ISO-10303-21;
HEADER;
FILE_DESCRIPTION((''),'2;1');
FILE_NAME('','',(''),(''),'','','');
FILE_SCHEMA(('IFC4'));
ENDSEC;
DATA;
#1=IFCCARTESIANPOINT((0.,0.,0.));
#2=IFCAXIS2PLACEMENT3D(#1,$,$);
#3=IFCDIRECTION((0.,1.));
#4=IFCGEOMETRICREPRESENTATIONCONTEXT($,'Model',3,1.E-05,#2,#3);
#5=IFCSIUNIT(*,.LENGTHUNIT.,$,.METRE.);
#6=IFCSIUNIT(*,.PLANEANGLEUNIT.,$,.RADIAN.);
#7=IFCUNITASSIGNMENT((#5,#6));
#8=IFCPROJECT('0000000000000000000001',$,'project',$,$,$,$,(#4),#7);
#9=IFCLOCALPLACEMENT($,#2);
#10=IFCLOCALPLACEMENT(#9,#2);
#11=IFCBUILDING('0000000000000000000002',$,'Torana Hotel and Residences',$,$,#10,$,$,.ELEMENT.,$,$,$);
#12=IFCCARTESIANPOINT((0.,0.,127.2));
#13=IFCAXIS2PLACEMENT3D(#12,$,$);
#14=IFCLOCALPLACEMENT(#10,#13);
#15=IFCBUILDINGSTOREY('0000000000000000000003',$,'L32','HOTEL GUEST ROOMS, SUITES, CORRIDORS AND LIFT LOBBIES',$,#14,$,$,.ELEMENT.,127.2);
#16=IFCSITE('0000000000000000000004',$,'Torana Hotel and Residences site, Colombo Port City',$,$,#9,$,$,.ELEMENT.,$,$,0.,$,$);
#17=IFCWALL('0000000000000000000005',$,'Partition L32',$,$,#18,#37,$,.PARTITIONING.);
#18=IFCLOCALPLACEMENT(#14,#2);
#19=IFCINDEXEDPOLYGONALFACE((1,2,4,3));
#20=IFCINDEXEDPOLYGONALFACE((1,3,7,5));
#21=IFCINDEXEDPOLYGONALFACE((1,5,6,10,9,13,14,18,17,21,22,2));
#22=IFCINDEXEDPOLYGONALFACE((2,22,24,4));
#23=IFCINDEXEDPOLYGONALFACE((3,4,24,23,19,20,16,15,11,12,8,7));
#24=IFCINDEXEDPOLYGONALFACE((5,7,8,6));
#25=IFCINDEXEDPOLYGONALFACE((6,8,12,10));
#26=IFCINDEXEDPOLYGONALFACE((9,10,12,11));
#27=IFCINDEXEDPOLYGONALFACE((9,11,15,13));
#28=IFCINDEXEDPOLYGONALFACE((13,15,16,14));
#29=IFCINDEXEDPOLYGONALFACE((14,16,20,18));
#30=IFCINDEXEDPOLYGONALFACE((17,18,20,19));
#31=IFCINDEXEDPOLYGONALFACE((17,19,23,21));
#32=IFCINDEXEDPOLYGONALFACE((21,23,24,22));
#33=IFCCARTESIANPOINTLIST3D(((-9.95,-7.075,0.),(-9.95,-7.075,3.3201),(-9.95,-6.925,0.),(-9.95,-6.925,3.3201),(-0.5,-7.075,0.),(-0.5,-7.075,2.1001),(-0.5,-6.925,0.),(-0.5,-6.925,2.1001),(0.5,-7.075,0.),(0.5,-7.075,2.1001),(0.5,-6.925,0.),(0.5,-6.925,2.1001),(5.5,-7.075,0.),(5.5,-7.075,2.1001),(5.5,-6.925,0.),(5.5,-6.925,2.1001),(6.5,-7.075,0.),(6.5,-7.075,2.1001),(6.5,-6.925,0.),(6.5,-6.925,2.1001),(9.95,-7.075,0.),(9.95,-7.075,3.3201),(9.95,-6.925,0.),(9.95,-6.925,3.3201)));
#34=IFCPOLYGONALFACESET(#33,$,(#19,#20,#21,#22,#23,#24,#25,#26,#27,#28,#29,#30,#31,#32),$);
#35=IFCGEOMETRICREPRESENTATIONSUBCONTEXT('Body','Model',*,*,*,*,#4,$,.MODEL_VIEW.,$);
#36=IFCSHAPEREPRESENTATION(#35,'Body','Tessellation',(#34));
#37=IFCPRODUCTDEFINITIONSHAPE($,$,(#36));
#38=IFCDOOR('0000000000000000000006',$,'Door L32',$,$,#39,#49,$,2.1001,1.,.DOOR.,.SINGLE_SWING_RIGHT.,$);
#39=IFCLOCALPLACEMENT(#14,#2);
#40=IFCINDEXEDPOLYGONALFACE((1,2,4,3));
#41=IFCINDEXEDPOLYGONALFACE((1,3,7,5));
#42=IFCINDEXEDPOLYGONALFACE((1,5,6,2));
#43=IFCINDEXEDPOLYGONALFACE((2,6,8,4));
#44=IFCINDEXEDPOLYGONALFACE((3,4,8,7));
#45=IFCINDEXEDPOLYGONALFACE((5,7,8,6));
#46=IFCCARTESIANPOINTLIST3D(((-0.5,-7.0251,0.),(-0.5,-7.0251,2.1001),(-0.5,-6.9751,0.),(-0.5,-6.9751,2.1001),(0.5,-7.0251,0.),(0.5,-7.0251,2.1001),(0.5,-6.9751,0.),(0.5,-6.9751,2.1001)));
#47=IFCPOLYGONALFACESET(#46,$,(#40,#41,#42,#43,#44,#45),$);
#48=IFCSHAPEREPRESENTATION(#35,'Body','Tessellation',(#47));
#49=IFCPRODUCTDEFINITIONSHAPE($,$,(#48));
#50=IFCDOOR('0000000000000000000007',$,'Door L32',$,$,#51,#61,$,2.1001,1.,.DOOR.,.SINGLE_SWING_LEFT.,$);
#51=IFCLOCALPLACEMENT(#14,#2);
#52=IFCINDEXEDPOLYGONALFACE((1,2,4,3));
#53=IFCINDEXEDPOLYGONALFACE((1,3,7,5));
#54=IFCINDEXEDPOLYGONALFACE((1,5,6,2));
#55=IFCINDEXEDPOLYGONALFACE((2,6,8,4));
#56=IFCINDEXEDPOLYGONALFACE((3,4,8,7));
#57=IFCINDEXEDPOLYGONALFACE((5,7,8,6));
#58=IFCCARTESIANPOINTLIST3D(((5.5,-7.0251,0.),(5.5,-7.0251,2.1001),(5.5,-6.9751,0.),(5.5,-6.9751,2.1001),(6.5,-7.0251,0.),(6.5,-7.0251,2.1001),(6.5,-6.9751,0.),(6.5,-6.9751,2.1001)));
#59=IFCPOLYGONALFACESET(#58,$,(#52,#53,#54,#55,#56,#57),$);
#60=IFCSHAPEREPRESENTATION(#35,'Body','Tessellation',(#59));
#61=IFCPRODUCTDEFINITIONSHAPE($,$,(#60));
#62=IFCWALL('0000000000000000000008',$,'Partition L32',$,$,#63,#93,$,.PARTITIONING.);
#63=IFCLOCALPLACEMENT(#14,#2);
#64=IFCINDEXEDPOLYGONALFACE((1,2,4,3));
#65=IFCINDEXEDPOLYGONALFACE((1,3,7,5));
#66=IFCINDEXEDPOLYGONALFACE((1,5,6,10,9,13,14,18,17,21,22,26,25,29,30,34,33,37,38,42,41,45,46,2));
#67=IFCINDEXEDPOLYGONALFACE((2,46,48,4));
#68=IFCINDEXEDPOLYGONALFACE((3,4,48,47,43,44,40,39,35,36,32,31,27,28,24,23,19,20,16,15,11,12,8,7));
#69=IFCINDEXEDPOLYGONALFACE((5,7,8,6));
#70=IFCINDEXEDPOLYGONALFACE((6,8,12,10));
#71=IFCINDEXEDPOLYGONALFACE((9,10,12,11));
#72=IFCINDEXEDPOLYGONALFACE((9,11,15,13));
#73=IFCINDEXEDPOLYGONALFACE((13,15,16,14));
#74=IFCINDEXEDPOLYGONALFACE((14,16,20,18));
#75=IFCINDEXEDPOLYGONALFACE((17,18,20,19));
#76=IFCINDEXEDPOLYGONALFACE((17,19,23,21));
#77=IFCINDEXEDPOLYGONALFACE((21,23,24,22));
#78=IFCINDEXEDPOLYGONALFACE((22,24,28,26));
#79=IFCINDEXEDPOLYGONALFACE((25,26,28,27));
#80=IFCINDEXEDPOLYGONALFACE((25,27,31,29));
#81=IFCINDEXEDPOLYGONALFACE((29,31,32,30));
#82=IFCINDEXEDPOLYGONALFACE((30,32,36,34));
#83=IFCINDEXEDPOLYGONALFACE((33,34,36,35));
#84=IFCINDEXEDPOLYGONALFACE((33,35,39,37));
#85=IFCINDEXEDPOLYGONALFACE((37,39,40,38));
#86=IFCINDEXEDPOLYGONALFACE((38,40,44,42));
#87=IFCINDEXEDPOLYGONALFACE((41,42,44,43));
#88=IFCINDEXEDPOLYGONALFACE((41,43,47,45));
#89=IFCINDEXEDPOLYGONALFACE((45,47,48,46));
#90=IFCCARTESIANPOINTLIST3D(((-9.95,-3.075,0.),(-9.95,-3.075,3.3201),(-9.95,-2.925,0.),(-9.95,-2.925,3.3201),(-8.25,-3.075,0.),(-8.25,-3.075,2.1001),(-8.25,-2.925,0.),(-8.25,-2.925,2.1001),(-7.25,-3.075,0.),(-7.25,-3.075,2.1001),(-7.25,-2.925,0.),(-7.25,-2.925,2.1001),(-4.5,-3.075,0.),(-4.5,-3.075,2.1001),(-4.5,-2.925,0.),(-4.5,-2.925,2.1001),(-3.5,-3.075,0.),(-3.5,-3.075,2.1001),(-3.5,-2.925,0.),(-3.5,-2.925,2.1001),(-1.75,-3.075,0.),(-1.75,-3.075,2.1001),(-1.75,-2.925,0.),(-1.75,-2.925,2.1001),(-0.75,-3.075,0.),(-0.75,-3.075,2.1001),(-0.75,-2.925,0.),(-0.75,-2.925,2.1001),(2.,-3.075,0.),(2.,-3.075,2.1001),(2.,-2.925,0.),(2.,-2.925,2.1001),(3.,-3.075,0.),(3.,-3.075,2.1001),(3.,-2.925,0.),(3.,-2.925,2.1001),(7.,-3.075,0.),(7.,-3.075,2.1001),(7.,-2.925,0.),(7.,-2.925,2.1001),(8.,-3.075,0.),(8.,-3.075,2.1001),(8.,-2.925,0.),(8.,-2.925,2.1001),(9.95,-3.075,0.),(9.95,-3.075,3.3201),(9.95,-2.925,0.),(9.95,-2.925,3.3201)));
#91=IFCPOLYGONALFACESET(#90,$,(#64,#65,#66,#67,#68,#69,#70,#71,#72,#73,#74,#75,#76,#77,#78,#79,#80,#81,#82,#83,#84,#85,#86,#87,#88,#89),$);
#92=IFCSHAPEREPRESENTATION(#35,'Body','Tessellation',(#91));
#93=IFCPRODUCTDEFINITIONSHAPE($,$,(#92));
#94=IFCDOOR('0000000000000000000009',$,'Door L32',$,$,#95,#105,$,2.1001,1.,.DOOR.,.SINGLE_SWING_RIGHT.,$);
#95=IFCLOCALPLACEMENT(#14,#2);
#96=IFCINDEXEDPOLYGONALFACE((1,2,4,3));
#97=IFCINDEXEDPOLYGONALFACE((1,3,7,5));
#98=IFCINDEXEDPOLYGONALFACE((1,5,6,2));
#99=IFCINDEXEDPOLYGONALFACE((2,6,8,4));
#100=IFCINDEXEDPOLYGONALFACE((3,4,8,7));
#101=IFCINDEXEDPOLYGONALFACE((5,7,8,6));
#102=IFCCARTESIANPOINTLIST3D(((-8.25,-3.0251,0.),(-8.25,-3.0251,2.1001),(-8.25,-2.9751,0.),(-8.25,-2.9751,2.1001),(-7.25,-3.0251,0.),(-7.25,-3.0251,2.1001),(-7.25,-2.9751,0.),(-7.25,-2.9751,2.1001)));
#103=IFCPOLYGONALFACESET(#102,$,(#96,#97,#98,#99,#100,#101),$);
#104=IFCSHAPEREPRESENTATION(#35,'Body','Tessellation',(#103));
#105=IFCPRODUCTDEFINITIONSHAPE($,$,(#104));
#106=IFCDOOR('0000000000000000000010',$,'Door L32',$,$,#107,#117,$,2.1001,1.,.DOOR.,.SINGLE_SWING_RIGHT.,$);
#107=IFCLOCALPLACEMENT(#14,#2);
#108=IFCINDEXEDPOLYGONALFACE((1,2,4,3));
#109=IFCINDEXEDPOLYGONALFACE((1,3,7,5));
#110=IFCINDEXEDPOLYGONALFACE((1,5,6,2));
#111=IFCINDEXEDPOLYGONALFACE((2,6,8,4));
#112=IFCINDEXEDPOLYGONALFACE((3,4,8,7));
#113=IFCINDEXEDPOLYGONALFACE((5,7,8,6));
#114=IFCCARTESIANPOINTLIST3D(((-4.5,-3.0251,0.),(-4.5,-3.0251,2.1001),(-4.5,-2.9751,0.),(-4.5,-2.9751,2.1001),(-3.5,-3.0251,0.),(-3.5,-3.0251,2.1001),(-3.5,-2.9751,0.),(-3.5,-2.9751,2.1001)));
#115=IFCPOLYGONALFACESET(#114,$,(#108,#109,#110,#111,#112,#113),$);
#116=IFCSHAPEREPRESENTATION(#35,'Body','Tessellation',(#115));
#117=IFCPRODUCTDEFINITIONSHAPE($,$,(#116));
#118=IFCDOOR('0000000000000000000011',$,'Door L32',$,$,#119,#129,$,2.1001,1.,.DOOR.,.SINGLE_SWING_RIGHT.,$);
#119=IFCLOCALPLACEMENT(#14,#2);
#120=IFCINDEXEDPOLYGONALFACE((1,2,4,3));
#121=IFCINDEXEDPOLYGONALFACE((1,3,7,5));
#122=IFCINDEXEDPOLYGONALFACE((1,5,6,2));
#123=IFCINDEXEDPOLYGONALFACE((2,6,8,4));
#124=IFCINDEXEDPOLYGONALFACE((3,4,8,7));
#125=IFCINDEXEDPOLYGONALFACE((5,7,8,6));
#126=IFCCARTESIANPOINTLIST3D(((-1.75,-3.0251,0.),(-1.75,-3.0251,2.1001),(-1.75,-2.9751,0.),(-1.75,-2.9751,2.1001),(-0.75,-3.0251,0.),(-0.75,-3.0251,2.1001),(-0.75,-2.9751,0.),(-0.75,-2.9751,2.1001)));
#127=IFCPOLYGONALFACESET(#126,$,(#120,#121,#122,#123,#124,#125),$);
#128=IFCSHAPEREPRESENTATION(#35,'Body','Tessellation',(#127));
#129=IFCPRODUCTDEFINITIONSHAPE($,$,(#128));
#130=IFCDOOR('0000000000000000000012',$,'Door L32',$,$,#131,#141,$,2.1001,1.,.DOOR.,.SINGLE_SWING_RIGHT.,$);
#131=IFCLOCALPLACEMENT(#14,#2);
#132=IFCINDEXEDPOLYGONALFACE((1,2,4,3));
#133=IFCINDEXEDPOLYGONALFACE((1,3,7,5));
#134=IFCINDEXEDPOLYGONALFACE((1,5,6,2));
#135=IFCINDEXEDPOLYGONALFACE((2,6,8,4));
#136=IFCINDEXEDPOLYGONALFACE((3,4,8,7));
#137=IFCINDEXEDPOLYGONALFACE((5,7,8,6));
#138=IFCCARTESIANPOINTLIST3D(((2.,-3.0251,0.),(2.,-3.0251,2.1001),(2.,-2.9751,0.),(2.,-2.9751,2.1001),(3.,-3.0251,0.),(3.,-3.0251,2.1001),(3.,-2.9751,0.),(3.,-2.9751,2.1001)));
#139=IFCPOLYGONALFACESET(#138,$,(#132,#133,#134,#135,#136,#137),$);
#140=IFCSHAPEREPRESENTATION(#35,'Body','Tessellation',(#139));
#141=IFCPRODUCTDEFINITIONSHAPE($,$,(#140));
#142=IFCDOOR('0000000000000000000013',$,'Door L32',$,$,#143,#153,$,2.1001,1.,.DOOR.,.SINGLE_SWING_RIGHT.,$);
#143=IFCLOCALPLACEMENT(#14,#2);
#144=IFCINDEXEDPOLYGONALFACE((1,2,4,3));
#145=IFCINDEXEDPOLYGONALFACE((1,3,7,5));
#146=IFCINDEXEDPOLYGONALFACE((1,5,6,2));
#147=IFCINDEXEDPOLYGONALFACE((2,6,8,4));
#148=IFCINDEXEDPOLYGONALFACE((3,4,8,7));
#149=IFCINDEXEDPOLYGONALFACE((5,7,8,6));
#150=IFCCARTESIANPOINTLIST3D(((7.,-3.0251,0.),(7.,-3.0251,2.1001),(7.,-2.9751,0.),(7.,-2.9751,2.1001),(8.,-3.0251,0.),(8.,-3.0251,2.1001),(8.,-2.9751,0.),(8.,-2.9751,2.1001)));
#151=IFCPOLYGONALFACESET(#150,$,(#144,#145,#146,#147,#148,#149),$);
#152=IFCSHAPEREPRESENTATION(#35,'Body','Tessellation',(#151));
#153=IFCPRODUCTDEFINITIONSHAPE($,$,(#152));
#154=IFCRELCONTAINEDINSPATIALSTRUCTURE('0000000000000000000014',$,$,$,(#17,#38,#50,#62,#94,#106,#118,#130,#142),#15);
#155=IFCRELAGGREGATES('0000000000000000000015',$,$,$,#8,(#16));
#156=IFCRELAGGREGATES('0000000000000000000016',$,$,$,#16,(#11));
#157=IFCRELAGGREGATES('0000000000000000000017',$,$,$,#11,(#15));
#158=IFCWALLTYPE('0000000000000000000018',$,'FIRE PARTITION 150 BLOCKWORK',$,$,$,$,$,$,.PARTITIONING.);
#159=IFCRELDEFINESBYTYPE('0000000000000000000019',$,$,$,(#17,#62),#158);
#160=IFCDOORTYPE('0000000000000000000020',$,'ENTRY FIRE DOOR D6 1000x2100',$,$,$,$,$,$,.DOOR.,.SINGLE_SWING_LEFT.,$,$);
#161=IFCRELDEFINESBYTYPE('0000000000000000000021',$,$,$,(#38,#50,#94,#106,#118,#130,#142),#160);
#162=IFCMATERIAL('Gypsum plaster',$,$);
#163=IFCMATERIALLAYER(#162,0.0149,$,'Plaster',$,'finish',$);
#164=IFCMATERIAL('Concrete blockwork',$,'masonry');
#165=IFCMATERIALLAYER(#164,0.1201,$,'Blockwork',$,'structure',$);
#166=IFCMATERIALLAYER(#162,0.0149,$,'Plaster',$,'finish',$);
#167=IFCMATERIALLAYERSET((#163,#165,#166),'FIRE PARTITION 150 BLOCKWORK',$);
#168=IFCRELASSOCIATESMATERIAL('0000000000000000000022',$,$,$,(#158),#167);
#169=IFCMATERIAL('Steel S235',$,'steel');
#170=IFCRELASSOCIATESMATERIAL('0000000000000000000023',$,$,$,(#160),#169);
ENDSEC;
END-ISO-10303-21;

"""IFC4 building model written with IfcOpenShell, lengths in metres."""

from ifc_helpers import new_model, si_unit, direction, frame, frame_2d, origin, place, context, subcontext, project, spatial, rectangle, extrude, material, layer, layer_set, type_object, element, fill, save


model = new_model("IFC4")

# Units and contexts
model_context = context("Model", 3, precision=1e-05, world=origin(), true_north=direction((0.0, 1.0)))
body_context = subcontext(model_context, "Body", "Model", "MODEL_VIEW")
ifc_project = project(units=[si_unit("LENGTHUNIT", "METRE"), si_unit("PLANEANGLEUNIT", "RADIAN")], contexts=[model_context])

# Site, building, storey
site_placement = place(None, origin())
site = spatial("IfcSite", under=ifc_project, at=site_placement, Name="Torana Hotel and Residences site, Colombo Port City", CompositionType="ELEMENT", RefElevation=0.0)
building_placement = place(site_placement, origin())
building = spatial("IfcBuilding", under=site, at=building_placement, Name="Torana Hotel and Residences", CompositionType="ELEMENT")
storey_placement = place(building_placement, frame((0.0, 0.0, 127.2)))
storey = spatial("IfcBuildingStorey", under=building, at=storey_placement, Name="L32", Description="HOTEL GUEST ROOMS, SUITES, CORRIDORS AND LIFT LOBBIES", CompositionType="ELEMENT", Elevation=127.2)

# Walls, openings, doors
ifc_material_1 = material(Name="Gypsum plaster")
ifc_layer_1 = layer(ifc_material_1, 0.0149, Name="Plaster", Category="finish")
ifc_material_2 = material(Name="Concrete blockwork", Category="masonry")
ifc_layer_2 = layer(ifc_material_2, 0.1201, Name="Blockwork", Category="structure")
ifc_layer_3 = layer(ifc_material_1, 0.0149, Name="Plaster", Category="finish")
ifc_layer_set_1 = layer_set([ifc_layer_1, ifc_layer_2, ifc_layer_3], Name="FIRE PARTITION 150 BLOCKWORK")
wall_type_1 = type_object("IfcWallType", Name="FIRE PARTITION 150 BLOCKWORK", PredefinedType="PARTITIONING", material=ifc_layer_set_1)
wall_1_placement = place(storey_placement, frame((-9.95, -7.0, 0.0), z_axis=(0.0, 0.0, 1.0), x_axis=(1.0, 0.0, 0.0)))
wall_1 = element("IfcWall", 1, at=wall_1_placement, inside=storey, type_object=wall_type_1, Name="Partition L32", PredefinedType="PARTITIONING", context=body_context, shape_type="SweptSolid", body=[
    extrude(rectangle(XDim=19.8999, YDim=0.1499, at=frame_2d((9.95, 0.0))), origin(), (0.0, 0.0, 1.0), 3.3201),
])
opening_1_placement = place(wall_1_placement, frame((9.45, 0.0, 0.0)))
opening_1 = element("IfcOpeningElement", 2, at=opening_1_placement, cuts=wall_1, PredefinedType="OPENING", context=body_context, shape_type="SweptSolid", body=[
    extrude(rectangle(XDim=1.0, YDim=2.1001, at=frame_2d((0.5, 1.05))), frame((0.0, 0.085, 0.0), z_axis=(0.0, -1.0, 0.0), x_axis=(1.0, 0.0, 0.0)), (0.0, 0.0, 1.0), 0.1699),
])
opening_2_placement = place(wall_1_placement, frame((15.45, 0.0, 0.0)))
opening_2 = element("IfcOpeningElement", 3, at=opening_2_placement, cuts=wall_1, PredefinedType="OPENING", context=body_context, shape_type="SweptSolid", body=[
    extrude(rectangle(XDim=1.0, YDim=2.1001, at=frame_2d((0.5, 1.05))), frame((0.0, 0.085, 0.0), z_axis=(0.0, -1.0, 0.0), x_axis=(1.0, 0.0, 0.0)), (0.0, 0.0, 1.0), 0.1699),
])
ifc_material_3 = material(Name="Steel S235", Category="steel")
door_type = type_object("IfcDoorType", Name="ENTRY FIRE DOOR D6 1000x2100", OperationType="SINGLE_SWING_LEFT", PredefinedType="DOOR", material=ifc_material_3)
door_1_placement = place(opening_1_placement, origin())
door_1 = element("IfcDoor", 4, at=door_1_placement, inside=storey, type_object=door_type, Name="Door L32", OperationType="SINGLE_SWING_RIGHT", OverallHeight=2.1001, OverallWidth=1.0, PredefinedType="DOOR", context=body_context, shape_type="SweptSolid", body=[
    extrude(rectangle(XDim=1.0, YDim=2.1001, at=frame_2d((0.5, 1.05))), frame((0.0, 0.0249, 0.0), z_axis=(0.0, -1.0, 0.0), x_axis=(1.0, 0.0, 0.0)), (0.0, 0.0, 1.0), 0.05),
])
fill(opening_1, door_1)
door_2_placement = place(opening_2_placement, frame((0.5, 0.0, 0.0), z_axis=(0.0, 0.0, 1.0), x_axis=(-1.0, 0.0, 0.0)))
door_2 = element("IfcDoor", 5, at=door_2_placement, inside=storey, type_object=door_type, Name="Door L32", OperationType="SINGLE_SWING_LEFT", OverallHeight=2.1001, OverallWidth=1.0, PredefinedType="DOOR", context=body_context, shape_type="SweptSolid", body=[
    extrude(rectangle(XDim=1.0, YDim=2.1001, at=frame_2d((0.0, 1.05))), frame((0.0, -0.0249, 0.0), z_axis=(0.0, 1.0, 0.0), x_axis=(-1.0, 0.0, 0.0)), (0.0, 0.0, 1.0), 0.05),
])
fill(opening_2, door_2)
wall_2_placement = place(storey_placement, frame((-9.95, -3.0, 0.0), z_axis=(0.0, 0.0, 1.0), x_axis=(1.0, 0.0, 0.0)))
wall_2 = element("IfcWall", 6, at=wall_2_placement, inside=storey, type_object=wall_type_1, Name="Partition L32", PredefinedType="PARTITIONING", context=body_context, shape_type="SweptSolid", body=[
    extrude(rectangle(XDim=19.8999, YDim=0.1499, at=frame_2d((9.95, 0.0))), origin(), (0.0, 0.0, 1.0), 3.3201),
])
opening_3_placement = place(wall_2_placement, frame((1.7, 0.0, 0.0)))
opening_3 = element("IfcOpeningElement", 7, at=opening_3_placement, cuts=wall_2, PredefinedType="OPENING", context=body_context, shape_type="SweptSolid", body=[
    extrude(rectangle(XDim=1.0, YDim=2.1001, at=frame_2d((0.5, 1.05))), frame((0.0, 0.085, 0.0), z_axis=(0.0, -1.0, 0.0), x_axis=(1.0, 0.0, 0.0)), (0.0, 0.0, 1.0), 0.1699),
])
opening_4_placement = place(wall_2_placement, frame((5.45, 0.0, 0.0)))
opening_4 = element("IfcOpeningElement", 8, at=opening_4_placement, cuts=wall_2, PredefinedType="OPENING", context=body_context, shape_type="SweptSolid", body=[
    extrude(rectangle(XDim=1.0, YDim=2.1001, at=frame_2d((0.5, 1.05))), frame((0.0, 0.085, 0.0), z_axis=(0.0, -1.0, 0.0), x_axis=(1.0, 0.0, 0.0)), (0.0, 0.0, 1.0), 0.1699),
])
opening_5_placement = place(wall_2_placement, frame((8.2, 0.0, 0.0)))
opening_5 = element("IfcOpeningElement", 9, at=opening_5_placement, cuts=wall_2, PredefinedType="OPENING", context=body_context, shape_type="SweptSolid", body=[
    extrude(rectangle(XDim=1.0, YDim=2.1001, at=frame_2d((0.5, 1.05))), frame((0.0, 0.085, 0.0), z_axis=(0.0, -1.0, 0.0), x_axis=(1.0, 0.0, 0.0)), (0.0, 0.0, 1.0), 0.1699),
])
opening_6_placement = place(wall_2_placement, frame((11.95, 0.0, 0.0)))
opening_6 = element("IfcOpeningElement", 10, at=opening_6_placement, cuts=wall_2, PredefinedType="OPENING", context=body_context, shape_type="SweptSolid", body=[
    extrude(rectangle(XDim=1.0, YDim=2.1001, at=frame_2d((0.5, 1.05))), frame((0.0, 0.085, 0.0), z_axis=(0.0, -1.0, 0.0), x_axis=(1.0, 0.0, 0.0)), (0.0, 0.0, 1.0), 0.1699),
])
opening_7_placement = place(wall_2_placement, frame((16.95, 0.0, 0.0)))
opening_7 = element("IfcOpeningElement", 11, at=opening_7_placement, cuts=wall_2, PredefinedType="OPENING", context=body_context, shape_type="SweptSolid", body=[
    extrude(rectangle(XDim=1.0, YDim=2.1001, at=frame_2d((0.5, 1.05))), frame((0.0, 0.085, 0.0), z_axis=(0.0, -1.0, 0.0), x_axis=(1.0, 0.0, 0.0)), (0.0, 0.0, 1.0), 0.1699),
])
door_3_placement = place(opening_3_placement, origin())
door_3 = element("IfcDoor", 12, at=door_3_placement, inside=storey, type_object=door_type, Name="Door L32", OperationType="SINGLE_SWING_RIGHT", OverallHeight=2.1001, OverallWidth=1.0, PredefinedType="DOOR", context=body_context, shape_type="SweptSolid", body=[
    extrude(rectangle(XDim=1.0, YDim=2.1001, at=frame_2d((0.5, 1.05))), frame((0.0, 0.0249, 0.0), z_axis=(0.0, -1.0, 0.0), x_axis=(1.0, 0.0, 0.0)), (0.0, 0.0, 1.0), 0.05),
])
fill(opening_3, door_3)
door_4_placement = place(opening_4_placement, origin())
door_4 = element("IfcDoor", 13, at=door_4_placement, inside=storey, type_object=door_type, Name="Door L32", OperationType="SINGLE_SWING_RIGHT", OverallHeight=2.1001, OverallWidth=1.0, PredefinedType="DOOR", context=body_context, shape_type="SweptSolid", body=[
    extrude(rectangle(XDim=1.0, YDim=2.1001, at=frame_2d((0.5, 1.05))), frame((0.0, 0.0249, 0.0), z_axis=(0.0, -1.0, 0.0), x_axis=(1.0, 0.0, 0.0)), (0.0, 0.0, 1.0), 0.05),
])
fill(opening_4, door_4)
door_5_placement = place(opening_5_placement, origin())
door_5 = element("IfcDoor", 14, at=door_5_placement, inside=storey, type_object=door_type, Name="Door L32", OperationType="SINGLE_SWING_RIGHT", OverallHeight=2.1001, OverallWidth=1.0, PredefinedType="DOOR", context=body_context, shape_type="SweptSolid", body=[
    extrude(rectangle(XDim=1.0, YDim=2.1001, at=frame_2d((0.5, 1.05))), frame((0.0, 0.0249, 0.0), z_axis=(0.0, -1.0, 0.0), x_axis=(1.0, 0.0, 0.0)), (0.0, 0.0, 1.0), 0.05),
])
fill(opening_5, door_5)
door_6_placement = place(opening_6_placement, origin())
door_6 = element("IfcDoor", 15, at=door_6_placement, inside=storey, type_object=door_type, Name="Door L32", OperationType="SINGLE_SWING_RIGHT", OverallHeight=2.1001, OverallWidth=1.0, PredefinedType="DOOR", context=body_context, shape_type="SweptSolid", body=[
    extrude(rectangle(XDim=1.0, YDim=2.1001, at=frame_2d((0.5, 1.05))), frame((0.0, 0.0249, 0.0), z_axis=(0.0, -1.0, 0.0), x_axis=(1.0, 0.0, 0.0)), (0.0, 0.0, 1.0), 0.05),
])
fill(opening_6, door_6)
door_7_placement = place(opening_7_placement, origin())
door_7 = element("IfcDoor", 16, at=door_7_placement, inside=storey, type_object=door_type, Name="Door L32", OperationType="SINGLE_SWING_RIGHT", OverallHeight=2.1001, OverallWidth=1.0, PredefinedType="DOOR", context=body_context, shape_type="SweptSolid", body=[
    extrude(rectangle(XDim=1.0, YDim=2.1001, at=frame_2d((0.5, 1.05))), frame((0.0, 0.0249, 0.0), z_axis=(0.0, -1.0, 0.0), x_axis=(1.0, 0.0, 0.0)), (0.0, 0.0, 1.0), 0.05),
])
fill(opening_7, door_7)

save(model, "model.ifc")
